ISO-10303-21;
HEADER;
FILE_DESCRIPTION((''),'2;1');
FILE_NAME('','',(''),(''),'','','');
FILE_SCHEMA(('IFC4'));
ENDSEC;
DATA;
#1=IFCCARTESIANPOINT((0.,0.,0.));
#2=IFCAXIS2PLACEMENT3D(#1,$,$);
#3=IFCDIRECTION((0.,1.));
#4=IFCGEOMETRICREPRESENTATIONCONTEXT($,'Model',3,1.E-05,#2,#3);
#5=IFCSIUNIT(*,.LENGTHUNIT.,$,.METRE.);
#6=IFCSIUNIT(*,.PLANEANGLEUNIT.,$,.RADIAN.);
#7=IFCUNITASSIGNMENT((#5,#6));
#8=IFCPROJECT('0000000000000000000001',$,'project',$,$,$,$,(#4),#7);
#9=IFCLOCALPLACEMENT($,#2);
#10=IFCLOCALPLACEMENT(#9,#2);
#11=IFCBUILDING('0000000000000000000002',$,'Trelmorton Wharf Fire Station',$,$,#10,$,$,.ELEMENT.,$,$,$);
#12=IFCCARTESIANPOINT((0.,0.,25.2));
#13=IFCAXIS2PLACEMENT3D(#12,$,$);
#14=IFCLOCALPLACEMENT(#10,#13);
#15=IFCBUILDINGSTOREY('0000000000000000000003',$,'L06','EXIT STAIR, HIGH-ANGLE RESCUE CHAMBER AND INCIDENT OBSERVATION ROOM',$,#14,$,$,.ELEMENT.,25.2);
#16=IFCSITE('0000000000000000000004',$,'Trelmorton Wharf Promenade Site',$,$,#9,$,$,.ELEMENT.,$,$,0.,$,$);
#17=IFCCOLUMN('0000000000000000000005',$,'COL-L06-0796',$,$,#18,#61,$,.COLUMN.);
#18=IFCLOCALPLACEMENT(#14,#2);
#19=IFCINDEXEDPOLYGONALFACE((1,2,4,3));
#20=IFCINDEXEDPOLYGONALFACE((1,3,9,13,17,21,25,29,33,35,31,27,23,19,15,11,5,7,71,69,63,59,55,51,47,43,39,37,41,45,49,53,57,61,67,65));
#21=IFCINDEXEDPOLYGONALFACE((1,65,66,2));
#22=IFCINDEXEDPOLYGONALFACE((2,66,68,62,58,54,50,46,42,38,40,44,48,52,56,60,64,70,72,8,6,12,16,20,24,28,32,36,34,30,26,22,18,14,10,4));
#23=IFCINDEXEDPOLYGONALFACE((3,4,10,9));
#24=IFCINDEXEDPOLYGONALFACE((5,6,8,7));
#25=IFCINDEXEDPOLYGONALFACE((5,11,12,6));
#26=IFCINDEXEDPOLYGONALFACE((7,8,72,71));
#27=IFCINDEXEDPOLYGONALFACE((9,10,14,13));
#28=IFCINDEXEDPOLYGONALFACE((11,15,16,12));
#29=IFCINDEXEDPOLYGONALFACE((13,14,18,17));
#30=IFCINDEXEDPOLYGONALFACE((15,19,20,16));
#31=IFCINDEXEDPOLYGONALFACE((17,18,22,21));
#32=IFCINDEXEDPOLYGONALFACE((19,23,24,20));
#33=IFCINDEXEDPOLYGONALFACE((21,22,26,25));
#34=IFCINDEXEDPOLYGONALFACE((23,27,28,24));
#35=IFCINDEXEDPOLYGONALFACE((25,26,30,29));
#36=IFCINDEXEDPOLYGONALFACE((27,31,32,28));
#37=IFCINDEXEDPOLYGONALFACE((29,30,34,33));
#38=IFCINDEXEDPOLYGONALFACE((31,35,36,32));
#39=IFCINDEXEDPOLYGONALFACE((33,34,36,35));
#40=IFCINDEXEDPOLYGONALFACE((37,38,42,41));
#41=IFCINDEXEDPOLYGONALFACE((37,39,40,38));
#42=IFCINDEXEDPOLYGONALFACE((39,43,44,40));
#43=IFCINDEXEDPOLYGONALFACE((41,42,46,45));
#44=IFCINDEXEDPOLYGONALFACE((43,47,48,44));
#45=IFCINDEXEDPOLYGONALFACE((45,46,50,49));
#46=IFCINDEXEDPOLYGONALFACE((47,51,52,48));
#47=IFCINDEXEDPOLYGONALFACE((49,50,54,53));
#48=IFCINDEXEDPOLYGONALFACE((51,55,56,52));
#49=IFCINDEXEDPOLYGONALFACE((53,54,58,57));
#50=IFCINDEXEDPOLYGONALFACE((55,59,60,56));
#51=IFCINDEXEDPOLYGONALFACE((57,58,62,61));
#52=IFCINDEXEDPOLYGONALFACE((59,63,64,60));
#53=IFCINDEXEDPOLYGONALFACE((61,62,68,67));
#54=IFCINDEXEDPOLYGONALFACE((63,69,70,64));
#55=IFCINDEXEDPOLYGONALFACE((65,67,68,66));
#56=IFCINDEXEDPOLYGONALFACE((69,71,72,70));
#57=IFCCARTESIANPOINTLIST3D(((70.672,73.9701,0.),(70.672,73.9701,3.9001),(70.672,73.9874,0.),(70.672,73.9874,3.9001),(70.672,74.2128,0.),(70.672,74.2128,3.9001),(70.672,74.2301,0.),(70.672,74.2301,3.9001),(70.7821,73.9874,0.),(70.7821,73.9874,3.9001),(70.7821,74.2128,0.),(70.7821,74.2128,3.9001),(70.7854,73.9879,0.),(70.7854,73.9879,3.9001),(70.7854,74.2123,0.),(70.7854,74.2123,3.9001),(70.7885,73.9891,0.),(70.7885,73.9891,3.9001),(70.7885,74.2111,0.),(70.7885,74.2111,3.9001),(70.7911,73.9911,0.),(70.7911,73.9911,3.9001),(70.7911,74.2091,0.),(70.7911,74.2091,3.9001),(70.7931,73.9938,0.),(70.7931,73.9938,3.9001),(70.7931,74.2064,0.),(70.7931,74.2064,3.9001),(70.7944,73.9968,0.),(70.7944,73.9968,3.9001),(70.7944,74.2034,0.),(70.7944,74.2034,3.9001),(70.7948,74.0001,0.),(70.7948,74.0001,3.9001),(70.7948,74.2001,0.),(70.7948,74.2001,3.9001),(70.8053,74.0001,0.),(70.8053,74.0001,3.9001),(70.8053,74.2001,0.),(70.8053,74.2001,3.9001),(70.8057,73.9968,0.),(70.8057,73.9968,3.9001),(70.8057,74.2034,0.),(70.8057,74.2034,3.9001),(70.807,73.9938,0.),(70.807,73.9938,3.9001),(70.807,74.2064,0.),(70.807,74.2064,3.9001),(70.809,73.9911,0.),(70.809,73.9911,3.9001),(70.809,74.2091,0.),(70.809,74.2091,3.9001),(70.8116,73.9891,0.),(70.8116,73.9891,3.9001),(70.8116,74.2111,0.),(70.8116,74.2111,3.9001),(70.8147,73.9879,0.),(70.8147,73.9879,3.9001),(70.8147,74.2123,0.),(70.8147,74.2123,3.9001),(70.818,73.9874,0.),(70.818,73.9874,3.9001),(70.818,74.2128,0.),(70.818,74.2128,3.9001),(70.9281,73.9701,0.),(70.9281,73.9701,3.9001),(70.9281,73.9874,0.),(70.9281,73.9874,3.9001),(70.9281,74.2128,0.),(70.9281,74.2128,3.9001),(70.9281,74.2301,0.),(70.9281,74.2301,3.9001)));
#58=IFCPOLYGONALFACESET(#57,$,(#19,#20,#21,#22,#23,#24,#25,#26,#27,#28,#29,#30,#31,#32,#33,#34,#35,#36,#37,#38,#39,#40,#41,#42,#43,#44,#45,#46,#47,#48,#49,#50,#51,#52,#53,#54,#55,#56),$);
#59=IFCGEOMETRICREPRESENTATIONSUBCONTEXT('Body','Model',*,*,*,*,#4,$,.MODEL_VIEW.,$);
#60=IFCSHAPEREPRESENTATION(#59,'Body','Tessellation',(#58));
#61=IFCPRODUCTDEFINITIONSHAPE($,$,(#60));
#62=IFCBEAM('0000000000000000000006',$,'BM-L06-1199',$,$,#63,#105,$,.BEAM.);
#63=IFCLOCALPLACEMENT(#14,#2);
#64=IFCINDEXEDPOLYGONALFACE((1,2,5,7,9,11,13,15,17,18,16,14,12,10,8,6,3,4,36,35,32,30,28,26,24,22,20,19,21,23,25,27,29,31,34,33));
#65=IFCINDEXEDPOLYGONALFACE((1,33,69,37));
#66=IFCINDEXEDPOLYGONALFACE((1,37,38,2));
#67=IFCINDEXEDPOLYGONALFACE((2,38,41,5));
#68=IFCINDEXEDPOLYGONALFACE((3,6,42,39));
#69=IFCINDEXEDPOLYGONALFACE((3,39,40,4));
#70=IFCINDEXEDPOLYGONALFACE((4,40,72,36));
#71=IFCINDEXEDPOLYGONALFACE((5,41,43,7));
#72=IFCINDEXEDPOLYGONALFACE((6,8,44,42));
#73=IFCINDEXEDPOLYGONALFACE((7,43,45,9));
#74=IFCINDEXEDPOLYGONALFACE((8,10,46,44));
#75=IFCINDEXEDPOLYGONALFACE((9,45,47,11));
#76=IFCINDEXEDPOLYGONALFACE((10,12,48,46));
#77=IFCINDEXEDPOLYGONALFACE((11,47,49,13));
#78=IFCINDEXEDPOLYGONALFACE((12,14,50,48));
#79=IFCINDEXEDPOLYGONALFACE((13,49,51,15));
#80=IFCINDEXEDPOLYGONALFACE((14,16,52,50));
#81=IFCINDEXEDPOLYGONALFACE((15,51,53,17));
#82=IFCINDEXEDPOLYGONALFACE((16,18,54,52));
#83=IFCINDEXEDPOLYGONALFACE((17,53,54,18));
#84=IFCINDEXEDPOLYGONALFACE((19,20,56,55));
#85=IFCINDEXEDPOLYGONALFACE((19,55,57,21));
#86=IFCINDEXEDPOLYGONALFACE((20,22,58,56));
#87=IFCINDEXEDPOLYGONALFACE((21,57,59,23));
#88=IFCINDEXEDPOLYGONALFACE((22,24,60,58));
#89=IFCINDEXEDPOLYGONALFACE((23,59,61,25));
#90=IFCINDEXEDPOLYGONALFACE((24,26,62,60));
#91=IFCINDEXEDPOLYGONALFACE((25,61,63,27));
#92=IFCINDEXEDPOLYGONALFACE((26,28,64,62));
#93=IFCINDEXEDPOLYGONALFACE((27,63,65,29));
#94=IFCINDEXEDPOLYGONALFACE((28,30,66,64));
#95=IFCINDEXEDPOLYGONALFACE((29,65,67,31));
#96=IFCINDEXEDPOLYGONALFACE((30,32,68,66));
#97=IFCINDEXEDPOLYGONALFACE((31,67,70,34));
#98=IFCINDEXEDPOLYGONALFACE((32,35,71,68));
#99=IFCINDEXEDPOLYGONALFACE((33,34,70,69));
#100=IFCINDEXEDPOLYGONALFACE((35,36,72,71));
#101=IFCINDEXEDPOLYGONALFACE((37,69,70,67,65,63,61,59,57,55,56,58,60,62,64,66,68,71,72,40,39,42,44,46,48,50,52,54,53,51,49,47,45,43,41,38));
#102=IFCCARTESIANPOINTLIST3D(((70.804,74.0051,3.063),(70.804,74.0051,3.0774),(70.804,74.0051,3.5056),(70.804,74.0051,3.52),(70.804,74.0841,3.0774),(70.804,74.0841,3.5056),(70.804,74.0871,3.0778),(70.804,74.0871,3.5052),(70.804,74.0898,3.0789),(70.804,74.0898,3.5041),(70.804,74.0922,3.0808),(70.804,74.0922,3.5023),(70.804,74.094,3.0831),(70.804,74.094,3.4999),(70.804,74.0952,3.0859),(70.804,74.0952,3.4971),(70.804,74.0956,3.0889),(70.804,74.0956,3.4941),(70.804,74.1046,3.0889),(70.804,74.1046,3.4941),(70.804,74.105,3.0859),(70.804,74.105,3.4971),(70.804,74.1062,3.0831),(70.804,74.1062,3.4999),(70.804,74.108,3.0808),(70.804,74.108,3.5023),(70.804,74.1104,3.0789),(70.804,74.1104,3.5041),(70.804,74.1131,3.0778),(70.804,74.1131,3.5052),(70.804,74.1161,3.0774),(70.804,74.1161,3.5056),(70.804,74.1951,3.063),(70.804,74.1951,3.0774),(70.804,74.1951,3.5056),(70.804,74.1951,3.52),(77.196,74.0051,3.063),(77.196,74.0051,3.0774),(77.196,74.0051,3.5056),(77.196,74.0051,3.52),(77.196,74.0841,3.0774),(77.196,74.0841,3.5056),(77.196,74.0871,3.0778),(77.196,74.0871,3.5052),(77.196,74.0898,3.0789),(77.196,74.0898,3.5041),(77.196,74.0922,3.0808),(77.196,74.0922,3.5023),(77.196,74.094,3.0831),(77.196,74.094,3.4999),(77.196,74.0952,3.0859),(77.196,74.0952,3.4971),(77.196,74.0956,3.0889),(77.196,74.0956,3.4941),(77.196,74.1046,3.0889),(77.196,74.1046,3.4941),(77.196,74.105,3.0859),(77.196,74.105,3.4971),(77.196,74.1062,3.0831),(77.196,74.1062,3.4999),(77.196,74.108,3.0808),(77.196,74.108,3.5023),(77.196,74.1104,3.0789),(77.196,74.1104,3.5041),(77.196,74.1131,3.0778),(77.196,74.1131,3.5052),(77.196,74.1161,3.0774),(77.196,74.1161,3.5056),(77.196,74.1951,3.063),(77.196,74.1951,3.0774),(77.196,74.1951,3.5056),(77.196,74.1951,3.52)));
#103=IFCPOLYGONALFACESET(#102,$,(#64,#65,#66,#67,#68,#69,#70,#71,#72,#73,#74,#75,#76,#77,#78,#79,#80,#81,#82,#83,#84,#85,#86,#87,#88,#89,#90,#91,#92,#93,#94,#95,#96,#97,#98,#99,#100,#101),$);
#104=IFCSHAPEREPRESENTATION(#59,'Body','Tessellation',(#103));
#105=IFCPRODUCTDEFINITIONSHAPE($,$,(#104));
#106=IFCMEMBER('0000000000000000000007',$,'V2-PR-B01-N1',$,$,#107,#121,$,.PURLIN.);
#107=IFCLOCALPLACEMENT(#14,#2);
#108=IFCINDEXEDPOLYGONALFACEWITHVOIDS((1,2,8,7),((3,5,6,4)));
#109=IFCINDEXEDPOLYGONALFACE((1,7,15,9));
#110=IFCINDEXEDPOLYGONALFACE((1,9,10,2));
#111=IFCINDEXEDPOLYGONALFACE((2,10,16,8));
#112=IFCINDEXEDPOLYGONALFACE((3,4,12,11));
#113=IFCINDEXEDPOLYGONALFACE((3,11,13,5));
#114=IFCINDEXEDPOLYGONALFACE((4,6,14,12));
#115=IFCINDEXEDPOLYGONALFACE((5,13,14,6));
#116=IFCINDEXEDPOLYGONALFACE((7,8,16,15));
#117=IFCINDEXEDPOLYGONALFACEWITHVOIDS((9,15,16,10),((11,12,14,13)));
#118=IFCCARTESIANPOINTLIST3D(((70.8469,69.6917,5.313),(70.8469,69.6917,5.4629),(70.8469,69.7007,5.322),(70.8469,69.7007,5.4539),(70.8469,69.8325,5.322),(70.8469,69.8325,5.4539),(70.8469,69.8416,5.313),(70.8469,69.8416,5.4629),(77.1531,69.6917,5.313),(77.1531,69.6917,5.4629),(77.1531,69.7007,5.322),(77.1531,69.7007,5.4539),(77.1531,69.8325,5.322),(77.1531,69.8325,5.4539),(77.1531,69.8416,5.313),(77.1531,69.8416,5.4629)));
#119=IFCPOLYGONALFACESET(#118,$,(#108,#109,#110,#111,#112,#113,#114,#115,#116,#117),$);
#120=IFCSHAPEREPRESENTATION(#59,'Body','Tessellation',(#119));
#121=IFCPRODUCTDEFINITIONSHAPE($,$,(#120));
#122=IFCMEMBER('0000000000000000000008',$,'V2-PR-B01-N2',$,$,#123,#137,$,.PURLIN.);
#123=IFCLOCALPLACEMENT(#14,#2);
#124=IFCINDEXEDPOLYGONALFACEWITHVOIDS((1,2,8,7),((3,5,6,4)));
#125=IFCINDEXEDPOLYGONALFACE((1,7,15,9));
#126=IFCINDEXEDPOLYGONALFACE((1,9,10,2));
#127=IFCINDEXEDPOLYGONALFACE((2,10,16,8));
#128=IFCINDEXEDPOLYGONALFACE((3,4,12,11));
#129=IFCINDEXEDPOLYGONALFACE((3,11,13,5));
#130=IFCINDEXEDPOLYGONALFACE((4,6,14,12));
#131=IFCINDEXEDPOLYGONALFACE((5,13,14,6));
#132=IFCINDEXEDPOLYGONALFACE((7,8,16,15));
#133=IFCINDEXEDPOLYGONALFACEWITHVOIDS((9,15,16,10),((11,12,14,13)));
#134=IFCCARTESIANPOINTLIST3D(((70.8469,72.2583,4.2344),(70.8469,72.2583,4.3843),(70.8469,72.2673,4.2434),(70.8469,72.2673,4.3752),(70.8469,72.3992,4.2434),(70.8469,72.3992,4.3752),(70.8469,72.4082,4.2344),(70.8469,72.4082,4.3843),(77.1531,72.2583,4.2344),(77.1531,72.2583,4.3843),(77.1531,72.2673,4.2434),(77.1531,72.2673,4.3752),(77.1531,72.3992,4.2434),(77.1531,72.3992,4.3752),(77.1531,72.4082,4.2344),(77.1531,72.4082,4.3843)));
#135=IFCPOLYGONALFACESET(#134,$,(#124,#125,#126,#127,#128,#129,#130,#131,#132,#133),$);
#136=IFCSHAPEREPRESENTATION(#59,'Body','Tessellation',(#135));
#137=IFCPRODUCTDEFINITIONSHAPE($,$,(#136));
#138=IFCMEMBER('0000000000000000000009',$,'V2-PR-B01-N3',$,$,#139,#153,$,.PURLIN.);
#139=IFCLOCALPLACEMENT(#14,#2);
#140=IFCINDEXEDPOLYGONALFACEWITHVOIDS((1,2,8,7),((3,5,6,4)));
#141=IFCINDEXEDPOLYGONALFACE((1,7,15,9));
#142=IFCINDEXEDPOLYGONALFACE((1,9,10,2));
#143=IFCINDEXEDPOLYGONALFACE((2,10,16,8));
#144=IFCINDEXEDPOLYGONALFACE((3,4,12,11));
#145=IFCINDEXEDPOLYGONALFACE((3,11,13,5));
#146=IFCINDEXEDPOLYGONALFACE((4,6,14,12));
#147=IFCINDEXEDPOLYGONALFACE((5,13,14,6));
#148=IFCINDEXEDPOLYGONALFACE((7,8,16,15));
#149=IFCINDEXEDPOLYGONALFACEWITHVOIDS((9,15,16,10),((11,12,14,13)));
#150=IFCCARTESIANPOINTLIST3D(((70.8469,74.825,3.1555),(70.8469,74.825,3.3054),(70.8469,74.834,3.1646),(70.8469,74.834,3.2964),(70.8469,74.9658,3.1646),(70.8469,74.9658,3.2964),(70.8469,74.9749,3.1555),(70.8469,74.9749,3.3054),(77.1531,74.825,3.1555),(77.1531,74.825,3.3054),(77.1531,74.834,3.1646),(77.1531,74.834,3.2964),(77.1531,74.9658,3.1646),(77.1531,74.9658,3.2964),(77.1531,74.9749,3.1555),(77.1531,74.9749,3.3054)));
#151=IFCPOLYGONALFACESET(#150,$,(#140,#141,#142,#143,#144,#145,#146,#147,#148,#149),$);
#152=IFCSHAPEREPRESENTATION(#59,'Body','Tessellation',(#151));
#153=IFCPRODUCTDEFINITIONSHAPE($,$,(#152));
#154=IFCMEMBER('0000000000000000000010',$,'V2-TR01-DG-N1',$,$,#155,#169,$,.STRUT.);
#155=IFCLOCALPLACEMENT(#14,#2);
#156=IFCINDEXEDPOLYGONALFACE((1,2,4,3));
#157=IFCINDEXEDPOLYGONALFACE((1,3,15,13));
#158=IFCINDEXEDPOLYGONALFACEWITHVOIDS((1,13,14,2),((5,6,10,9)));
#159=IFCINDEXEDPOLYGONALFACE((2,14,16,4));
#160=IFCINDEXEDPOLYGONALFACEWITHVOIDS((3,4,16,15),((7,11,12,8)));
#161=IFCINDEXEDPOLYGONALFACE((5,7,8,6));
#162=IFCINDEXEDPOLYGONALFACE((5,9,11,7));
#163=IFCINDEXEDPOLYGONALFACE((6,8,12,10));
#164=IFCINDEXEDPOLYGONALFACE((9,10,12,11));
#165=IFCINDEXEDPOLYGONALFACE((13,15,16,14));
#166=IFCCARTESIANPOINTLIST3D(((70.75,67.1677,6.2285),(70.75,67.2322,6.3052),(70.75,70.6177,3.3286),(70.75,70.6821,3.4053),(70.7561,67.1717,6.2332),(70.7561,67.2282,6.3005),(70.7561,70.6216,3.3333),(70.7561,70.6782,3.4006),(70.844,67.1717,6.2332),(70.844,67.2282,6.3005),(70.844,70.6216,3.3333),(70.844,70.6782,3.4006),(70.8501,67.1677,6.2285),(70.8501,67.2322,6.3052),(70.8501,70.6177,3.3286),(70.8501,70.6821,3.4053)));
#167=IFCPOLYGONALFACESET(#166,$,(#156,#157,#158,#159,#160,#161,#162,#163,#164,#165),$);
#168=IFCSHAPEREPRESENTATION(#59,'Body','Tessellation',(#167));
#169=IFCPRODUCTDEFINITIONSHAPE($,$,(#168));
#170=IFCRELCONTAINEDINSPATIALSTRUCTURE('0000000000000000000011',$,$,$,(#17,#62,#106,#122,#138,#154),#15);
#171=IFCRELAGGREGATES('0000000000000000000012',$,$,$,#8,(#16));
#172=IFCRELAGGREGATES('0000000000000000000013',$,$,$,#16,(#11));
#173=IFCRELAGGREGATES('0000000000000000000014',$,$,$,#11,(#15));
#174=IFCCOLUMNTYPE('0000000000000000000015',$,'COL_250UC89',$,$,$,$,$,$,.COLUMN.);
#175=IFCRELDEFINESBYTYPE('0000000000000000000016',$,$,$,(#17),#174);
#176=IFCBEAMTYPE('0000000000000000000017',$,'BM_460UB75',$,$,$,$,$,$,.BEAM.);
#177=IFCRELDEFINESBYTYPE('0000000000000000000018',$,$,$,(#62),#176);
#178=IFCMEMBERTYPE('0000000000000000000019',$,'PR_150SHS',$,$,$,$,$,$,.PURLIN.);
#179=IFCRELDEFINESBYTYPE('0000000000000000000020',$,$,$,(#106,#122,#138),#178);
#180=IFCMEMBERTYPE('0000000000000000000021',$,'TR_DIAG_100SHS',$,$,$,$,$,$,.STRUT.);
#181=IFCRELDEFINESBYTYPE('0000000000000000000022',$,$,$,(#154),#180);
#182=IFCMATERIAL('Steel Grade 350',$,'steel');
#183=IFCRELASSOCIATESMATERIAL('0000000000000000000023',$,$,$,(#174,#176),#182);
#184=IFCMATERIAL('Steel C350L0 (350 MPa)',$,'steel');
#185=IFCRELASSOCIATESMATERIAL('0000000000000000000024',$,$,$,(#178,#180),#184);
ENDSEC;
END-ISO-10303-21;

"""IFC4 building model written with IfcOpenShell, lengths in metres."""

from ifc_helpers import new_model, si_unit, direction, frame, origin, origin_2d, place, context, subcontext, project, spatial, hollow_rectangle, i_section, extrude, material, material_profile, profile_set, type_object, element, save


model = new_model("IFC4")

# Units and contexts
model_context = context("Model", 3, precision=1e-05, world=origin(), true_north=direction((0.0, 1.0)))
body_context = subcontext(model_context, "Body", "Model", "MODEL_VIEW")
ifc_project = project(units=[si_unit("LENGTHUNIT", "METRE"), si_unit("PLANEANGLEUNIT", "RADIAN")], contexts=[model_context])

# Site, building, storey
site_placement = place(None, origin())
site = spatial("IfcSite", under=ifc_project, at=site_placement, Name="Trelmorton Wharf Promenade Site", CompositionType="ELEMENT", RefElevation=0.0)
building_placement = place(site_placement, origin())
building = spatial("IfcBuilding", under=site, at=building_placement, Name="Trelmorton Wharf Fire Station", CompositionType="ELEMENT")
storey_placement = place(building_placement, frame((0.0, 0.0, 25.2)))
storey = spatial("IfcBuildingStorey", under=building, at=storey_placement, Name="L06", Description="EXIT STAIR, HIGH-ANGLE RESCUE CHAMBER AND INCIDENT OBSERVATION ROOM", CompositionType="ELEMENT", Elevation=25.2)

# Column
ifc_material_1 = material(Name="Steel Grade 350", Category="steel")
ifc_material_profile_1 = material_profile(ifc_material_1, i_section(OverallWidth=0.2561, OverallDepth=0.26, WebThickness=0.0105, FlangeThickness=0.0173, FilletRadius=0.0127, at=origin_2d()), Name="250UC89.5")
ifc_profile_set_1 = profile_set([ifc_material_profile_1], Name="Steel Grade 350")
column_type = type_object("IfcColumnType", Name="COL_250UC89", PredefinedType="COLUMN", material=ifc_profile_set_1)
column_placement = place(storey_placement, frame((70.8, 74.1001, 0.0), z_axis=(0.0, 0.0, 1.0), x_axis=(1.0, 0.0, 0.0)))
element("IfcColumn", 1, at=column_placement, inside=storey, type_object=column_type, Name="COL-L06-0796", PredefinedType="COLUMN", context=body_context, shape_type="SweptSolid", body=[
    extrude(i_section(OverallWidth=0.2561, OverallDepth=0.26, WebThickness=0.0105, FlangeThickness=0.0173, FilletRadius=0.0127, at=origin_2d()), origin(), (0.0, 0.0, 1.0), 3.9001),
])

# Beam
ifc_material_profile_2 = material_profile(ifc_material_1, i_section(OverallWidth=0.1899, OverallDepth=0.457, WebThickness=0.009, FlangeThickness=0.0144, FilletRadius=0.0115, at=origin_2d()), Name="460UB74.6")
ifc_profile_set_2 = profile_set([ifc_material_profile_2], Name="Steel Grade 350")
beam_type = type_object("IfcBeamType", Name="BM_460UB75", PredefinedType="BEAM", material=ifc_profile_set_2)
beam_placement = place(storey_placement, frame((70.804, 74.1001, 3.2915), z_axis=(1.0, 0.0, 0.0), x_axis=(0.0, 1.0, 0.0)))
element("IfcBeam", 2, at=beam_placement, inside=storey, type_object=beam_type, Name="BM-L06-1199", PredefinedType="BEAM", context=body_context, shape_type="SweptSolid", body=[
    extrude(i_section(OverallWidth=0.1899, OverallDepth=0.457, WebThickness=0.009, FlangeThickness=0.0144, FilletRadius=0.0115, at=origin_2d()), origin(), (0.0, 0.0, 1.0), 6.3921),
])

# Members
ifc_material_2 = material(Name="Steel C350L0 (350 MPa)", Category="steel")
ifc_material_profile_3 = material_profile(ifc_material_2, hollow_rectangle(XDim=0.1499, YDim=0.1499, WallThickness=0.009, at=origin_2d()), Name="150x150x9.0SHS")
ifc_profile_set_3 = profile_set([ifc_material_profile_3], Name="Steel C350L0 (350 MPa)")
member_type_1 = type_object("IfcMemberType", Name="PR_150SHS", PredefinedType="PURLIN", material=ifc_profile_set_3)
for number, where, z_axis, x_axis, name in (
    (3, (70.8469, 69.7666, 5.3879), (1.0, 0.0, 0.0), (0.0, 1.0, 0.0), "V2-PR-B01-N1"),
    (4, (70.8469, 72.3333, 4.3093), (1.0, 0.0, 0.0), (0.0, 1.0, 0.0), "V2-PR-B01-N2"),
    (5, (70.8469, 74.8999, 3.2305), (1.0, 0.0, 0.0), (0.0, 1.0, 0.0), "V2-PR-B01-N3"),
):
    element("IfcMember", number, at=place(storey_placement, frame(where, z_axis=z_axis, x_axis=x_axis)), inside=storey, type_object=member_type_1, Name=name, PredefinedType="PURLIN", context=body_context, shape_type="SweptSolid", body=[
        extrude(hollow_rectangle(XDim=0.1499, YDim=0.1499, WallThickness=0.009, at=origin_2d()), origin(), (0.0, 0.0, 1.0), 6.3062),
    ])
ifc_material_profile_4 = material_profile(ifc_material_2, hollow_rectangle(XDim=0.1001, YDim=0.1001, WallThickness=0.0061, at=origin_2d()), Name="100x100x6.0SHS")
ifc_profile_set_4 = profile_set([ifc_material_profile_4], Name="Steel C350L0 (350 MPa)")
member_type_2 = type_object("IfcMemberType", Name="TR_DIAG_100SHS", PredefinedType="STRUT", material=ifc_profile_set_4)
member_1_placement = place(storey_placement, frame((70.8, 70.6499, 3.3669), z_axis=(0.0, -0.765492, 0.643445), x_axis=(1.0, 0.0, 0.0)))
element("IfcMember", 6, at=member_1_placement, inside=storey, type_object=member_type_2, Name="V2-TR01-DG-N1", PredefinedType="STRUT", context=body_context, shape_type="SweptSolid", body=[
    extrude(hollow_rectangle(XDim=0.1001, YDim=0.1001, WallThickness=0.0061, at=origin_2d()), origin(), (0.0, 0.0, 1.0), 4.5068),
])

save(model, "model.ifc")
